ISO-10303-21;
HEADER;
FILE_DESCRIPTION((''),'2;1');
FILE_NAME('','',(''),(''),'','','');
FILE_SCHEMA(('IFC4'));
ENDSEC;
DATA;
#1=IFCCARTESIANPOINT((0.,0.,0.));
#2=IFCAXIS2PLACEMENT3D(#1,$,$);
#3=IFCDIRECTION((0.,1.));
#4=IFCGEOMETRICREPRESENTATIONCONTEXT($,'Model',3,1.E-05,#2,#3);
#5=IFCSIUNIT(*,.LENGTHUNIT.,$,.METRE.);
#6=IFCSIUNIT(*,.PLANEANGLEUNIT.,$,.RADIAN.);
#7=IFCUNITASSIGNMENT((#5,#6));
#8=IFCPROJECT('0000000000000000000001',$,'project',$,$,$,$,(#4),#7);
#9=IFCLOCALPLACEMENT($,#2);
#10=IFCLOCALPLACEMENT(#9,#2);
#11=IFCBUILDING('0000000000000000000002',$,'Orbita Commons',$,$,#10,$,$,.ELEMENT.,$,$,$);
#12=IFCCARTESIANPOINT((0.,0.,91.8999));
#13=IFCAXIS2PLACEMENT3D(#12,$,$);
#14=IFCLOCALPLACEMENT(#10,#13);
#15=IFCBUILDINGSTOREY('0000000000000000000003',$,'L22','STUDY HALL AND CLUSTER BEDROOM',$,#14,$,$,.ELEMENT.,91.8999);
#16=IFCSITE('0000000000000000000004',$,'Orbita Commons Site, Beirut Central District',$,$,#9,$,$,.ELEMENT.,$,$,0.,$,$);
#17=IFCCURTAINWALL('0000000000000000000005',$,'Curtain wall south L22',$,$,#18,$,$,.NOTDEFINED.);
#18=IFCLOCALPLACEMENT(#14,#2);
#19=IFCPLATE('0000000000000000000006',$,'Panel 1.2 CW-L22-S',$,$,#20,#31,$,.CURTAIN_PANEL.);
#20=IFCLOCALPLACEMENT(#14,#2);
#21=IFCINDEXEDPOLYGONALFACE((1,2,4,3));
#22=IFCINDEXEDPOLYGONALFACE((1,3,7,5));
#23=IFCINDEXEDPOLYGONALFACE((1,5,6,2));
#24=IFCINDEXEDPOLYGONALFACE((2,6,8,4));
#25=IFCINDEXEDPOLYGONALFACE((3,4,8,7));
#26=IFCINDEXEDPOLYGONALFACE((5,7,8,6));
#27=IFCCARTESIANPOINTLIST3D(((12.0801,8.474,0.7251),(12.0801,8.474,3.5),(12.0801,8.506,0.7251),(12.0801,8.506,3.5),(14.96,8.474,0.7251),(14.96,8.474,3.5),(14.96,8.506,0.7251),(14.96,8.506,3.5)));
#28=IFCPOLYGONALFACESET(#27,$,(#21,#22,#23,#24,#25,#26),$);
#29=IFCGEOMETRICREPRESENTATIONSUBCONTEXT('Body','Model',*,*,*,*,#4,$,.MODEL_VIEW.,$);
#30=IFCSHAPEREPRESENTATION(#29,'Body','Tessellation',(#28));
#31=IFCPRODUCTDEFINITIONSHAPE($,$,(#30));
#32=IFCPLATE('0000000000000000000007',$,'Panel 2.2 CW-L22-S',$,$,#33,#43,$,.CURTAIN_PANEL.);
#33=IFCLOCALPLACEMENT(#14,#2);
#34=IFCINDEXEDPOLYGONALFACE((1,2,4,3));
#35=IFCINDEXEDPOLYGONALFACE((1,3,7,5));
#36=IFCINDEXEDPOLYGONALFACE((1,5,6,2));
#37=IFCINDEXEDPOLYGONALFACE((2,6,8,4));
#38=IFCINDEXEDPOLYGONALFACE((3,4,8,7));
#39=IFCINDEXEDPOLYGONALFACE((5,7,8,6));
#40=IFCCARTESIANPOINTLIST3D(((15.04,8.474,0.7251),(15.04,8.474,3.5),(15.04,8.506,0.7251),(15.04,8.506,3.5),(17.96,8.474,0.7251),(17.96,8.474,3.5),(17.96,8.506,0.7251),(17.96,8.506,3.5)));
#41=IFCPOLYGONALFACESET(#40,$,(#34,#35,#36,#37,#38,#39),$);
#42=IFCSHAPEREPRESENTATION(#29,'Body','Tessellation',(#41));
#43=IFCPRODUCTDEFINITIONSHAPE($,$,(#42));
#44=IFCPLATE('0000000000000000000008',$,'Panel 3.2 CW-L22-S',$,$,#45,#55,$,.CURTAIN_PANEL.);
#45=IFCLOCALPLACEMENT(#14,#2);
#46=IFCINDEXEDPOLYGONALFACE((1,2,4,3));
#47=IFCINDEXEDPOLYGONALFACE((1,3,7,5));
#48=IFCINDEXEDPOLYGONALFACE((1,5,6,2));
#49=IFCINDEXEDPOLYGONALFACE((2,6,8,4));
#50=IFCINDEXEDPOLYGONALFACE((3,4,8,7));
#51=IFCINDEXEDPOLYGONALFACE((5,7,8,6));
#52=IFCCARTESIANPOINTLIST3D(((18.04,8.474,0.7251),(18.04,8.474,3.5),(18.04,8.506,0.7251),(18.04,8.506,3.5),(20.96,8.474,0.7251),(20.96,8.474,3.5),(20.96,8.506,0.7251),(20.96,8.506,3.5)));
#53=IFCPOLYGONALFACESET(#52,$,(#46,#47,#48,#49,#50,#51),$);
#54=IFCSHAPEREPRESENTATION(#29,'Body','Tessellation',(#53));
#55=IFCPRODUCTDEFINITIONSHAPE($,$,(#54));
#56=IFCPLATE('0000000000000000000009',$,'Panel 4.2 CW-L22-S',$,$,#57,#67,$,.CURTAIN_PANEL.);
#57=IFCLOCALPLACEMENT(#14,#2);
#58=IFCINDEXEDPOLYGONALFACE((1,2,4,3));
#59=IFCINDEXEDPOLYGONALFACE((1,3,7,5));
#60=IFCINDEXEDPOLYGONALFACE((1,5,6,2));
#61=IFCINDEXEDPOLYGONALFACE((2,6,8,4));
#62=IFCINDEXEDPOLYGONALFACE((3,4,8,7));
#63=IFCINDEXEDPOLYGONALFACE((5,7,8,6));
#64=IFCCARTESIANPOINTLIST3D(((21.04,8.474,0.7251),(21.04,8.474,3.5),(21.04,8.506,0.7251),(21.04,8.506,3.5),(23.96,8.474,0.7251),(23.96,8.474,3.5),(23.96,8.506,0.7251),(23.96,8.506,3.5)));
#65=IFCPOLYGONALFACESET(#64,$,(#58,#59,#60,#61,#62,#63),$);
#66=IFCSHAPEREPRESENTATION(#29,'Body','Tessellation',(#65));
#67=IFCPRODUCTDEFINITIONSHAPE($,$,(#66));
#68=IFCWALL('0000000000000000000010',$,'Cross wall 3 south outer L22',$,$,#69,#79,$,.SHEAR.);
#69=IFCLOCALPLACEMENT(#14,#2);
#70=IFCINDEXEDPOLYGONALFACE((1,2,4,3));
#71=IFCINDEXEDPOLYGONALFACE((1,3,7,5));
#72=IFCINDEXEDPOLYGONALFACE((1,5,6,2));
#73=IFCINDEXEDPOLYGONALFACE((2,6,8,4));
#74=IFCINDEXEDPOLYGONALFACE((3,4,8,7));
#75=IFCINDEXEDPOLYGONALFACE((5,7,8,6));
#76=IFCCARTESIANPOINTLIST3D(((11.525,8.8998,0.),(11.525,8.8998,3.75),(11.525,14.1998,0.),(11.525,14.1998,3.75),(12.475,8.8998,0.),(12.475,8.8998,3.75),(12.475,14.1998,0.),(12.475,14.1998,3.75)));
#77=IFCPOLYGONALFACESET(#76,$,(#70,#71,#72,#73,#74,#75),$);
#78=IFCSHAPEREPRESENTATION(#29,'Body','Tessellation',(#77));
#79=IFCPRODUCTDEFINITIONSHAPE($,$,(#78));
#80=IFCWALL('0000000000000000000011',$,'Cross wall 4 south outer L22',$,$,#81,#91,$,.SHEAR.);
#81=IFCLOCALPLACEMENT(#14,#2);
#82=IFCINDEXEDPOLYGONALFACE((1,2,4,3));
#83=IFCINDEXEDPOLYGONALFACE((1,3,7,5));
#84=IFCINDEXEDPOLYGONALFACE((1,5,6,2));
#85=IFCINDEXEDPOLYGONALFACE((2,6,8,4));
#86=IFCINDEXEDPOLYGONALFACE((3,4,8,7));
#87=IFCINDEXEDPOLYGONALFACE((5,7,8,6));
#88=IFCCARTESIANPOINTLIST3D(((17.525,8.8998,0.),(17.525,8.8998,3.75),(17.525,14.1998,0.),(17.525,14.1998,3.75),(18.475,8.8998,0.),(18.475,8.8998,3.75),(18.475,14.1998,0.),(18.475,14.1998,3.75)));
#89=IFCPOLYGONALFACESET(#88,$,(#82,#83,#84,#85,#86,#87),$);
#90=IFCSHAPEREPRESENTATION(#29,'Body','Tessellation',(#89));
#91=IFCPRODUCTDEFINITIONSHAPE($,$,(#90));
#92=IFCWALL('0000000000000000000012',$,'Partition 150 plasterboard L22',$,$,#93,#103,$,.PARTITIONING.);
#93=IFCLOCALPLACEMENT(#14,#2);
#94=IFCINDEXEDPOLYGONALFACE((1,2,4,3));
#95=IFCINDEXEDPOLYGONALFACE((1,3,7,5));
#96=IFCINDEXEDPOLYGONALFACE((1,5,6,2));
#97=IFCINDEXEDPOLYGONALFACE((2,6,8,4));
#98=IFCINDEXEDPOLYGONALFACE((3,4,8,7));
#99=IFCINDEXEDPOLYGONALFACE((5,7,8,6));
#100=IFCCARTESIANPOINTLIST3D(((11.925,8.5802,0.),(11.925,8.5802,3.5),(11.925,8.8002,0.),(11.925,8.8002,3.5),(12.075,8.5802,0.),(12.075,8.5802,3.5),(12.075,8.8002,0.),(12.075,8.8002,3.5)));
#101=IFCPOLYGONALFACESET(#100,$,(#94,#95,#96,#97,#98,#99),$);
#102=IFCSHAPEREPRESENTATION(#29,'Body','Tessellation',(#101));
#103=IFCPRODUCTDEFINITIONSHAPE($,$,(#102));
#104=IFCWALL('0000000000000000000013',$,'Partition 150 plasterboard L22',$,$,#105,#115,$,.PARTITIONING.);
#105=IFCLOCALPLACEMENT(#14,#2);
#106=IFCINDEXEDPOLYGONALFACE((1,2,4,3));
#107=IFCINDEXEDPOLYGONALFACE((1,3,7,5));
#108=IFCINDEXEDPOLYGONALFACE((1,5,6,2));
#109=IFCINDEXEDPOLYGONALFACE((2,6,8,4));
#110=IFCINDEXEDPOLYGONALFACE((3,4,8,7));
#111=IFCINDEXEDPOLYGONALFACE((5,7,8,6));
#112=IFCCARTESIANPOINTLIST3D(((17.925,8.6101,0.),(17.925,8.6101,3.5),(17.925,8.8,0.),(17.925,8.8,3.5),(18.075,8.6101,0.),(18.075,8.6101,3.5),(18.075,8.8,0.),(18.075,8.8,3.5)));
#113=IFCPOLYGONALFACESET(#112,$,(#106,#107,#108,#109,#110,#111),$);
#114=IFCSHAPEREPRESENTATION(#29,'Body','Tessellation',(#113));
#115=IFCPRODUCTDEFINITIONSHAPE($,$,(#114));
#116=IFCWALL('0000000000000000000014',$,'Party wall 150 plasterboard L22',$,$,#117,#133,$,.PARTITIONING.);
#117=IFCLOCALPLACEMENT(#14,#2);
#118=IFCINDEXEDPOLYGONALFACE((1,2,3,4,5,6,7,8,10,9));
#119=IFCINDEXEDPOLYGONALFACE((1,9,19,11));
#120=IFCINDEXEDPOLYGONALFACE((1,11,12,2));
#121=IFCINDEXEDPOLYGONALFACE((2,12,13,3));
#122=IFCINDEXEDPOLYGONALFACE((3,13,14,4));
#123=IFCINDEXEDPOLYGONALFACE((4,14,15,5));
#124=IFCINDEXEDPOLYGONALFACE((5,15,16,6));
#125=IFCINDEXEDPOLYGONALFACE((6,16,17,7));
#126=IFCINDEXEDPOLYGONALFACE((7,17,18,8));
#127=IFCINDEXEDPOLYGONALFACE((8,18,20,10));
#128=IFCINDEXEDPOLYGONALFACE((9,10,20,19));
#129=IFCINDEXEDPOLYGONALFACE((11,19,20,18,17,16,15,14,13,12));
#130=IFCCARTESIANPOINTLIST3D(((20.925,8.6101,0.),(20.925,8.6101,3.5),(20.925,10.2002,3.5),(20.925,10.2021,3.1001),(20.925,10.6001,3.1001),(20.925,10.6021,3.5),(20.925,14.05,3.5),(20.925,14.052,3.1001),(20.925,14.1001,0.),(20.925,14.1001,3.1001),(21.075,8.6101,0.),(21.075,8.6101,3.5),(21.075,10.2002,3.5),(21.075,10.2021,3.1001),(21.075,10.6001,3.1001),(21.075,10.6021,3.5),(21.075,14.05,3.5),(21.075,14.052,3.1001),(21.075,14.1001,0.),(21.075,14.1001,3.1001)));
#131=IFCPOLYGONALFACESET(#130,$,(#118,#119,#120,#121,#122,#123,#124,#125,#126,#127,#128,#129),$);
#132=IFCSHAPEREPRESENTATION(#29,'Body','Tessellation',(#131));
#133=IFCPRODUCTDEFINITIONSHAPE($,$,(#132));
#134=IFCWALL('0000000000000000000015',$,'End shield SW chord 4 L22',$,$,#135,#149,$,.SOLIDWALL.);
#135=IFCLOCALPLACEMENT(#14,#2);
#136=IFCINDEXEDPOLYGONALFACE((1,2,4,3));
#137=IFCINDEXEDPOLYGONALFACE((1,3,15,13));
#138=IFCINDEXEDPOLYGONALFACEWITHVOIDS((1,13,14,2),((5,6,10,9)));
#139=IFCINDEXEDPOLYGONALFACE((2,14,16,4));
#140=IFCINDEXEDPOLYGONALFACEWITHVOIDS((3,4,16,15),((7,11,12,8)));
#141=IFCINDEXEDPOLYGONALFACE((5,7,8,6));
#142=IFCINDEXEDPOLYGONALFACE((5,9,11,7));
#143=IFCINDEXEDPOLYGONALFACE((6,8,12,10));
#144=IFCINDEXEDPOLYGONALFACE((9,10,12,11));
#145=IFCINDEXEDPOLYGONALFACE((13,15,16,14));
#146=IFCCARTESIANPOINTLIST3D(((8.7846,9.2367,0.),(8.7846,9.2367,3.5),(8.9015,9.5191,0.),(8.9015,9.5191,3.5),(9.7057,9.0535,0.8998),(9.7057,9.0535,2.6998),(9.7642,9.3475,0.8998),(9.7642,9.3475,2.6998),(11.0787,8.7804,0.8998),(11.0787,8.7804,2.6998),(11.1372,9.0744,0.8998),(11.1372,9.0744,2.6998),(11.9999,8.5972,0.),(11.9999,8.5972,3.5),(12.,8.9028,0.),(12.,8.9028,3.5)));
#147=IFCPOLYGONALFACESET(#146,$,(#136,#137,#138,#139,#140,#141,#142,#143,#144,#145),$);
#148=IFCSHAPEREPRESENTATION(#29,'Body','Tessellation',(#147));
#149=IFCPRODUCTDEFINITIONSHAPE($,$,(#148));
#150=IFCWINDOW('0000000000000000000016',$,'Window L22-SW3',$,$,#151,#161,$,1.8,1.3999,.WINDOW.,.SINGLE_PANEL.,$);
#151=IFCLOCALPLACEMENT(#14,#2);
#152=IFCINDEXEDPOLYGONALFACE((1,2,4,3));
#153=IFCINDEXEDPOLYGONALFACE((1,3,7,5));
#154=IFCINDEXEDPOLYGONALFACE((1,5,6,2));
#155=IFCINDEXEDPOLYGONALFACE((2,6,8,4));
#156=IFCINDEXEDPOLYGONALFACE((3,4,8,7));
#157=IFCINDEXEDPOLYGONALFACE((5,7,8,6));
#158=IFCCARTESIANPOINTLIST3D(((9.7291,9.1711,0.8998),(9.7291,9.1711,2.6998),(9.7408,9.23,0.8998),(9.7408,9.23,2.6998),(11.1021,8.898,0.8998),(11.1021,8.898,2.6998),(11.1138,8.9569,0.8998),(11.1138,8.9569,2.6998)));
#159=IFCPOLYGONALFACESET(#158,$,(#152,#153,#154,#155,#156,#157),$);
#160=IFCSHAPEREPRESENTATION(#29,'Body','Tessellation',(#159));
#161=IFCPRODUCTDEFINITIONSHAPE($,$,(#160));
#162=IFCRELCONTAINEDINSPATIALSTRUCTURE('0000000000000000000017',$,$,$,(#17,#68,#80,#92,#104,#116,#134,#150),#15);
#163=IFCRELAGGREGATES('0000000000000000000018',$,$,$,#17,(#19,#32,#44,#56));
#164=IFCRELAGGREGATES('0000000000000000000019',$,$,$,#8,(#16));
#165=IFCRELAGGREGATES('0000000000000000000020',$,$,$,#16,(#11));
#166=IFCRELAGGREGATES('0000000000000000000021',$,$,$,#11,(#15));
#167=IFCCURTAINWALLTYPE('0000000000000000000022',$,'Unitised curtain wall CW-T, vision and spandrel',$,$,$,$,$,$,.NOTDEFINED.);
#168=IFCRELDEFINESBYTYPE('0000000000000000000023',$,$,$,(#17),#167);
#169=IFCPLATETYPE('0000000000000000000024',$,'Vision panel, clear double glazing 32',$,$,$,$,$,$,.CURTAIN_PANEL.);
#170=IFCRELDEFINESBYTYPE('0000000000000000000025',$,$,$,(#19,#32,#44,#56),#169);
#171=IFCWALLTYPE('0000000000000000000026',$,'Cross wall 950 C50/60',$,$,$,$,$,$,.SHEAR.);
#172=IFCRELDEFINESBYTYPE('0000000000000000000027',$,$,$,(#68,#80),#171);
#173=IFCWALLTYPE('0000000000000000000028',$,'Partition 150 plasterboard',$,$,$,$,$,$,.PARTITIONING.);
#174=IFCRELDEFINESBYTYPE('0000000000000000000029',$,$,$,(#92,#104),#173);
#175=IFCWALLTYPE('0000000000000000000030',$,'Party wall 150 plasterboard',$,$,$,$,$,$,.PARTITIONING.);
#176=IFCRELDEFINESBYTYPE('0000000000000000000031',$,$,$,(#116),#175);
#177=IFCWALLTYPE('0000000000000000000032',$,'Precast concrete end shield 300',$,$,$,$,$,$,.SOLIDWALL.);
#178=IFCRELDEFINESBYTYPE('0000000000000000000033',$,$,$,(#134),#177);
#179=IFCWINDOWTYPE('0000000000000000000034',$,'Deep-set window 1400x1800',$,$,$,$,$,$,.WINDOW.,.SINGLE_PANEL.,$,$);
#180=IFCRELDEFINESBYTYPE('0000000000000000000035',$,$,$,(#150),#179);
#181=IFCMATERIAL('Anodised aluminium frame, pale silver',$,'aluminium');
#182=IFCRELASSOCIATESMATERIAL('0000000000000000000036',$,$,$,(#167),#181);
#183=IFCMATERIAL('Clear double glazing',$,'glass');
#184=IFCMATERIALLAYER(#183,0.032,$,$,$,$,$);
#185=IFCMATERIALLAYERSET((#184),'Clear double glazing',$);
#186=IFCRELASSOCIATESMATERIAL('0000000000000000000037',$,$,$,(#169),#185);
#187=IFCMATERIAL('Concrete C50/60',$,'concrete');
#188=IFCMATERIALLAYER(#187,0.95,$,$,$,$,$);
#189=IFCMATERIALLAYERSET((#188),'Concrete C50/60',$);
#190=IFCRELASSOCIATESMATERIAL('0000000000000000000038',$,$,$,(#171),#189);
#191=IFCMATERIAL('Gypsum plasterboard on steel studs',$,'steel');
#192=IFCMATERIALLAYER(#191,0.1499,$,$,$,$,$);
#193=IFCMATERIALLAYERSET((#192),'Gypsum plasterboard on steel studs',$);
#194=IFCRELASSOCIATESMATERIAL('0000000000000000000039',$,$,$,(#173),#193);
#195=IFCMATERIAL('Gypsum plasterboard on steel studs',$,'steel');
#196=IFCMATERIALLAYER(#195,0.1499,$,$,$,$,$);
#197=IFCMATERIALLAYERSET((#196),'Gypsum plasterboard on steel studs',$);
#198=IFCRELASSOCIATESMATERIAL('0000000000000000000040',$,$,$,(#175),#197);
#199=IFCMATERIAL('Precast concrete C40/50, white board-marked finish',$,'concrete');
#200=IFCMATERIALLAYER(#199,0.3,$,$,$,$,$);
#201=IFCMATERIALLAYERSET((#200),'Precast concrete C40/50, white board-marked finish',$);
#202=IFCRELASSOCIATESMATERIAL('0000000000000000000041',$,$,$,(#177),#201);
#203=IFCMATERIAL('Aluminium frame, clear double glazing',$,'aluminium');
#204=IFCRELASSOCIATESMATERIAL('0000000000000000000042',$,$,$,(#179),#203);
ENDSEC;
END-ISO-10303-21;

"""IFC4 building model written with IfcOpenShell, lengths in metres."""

from ifc_helpers import new_model, si_unit, direction, frame, frame_2d, origin, origin_2d, place, context, subcontext, project, spatial, polyline, rectangle, outline, extrude, material, layer, layer_set, type_object, element, fill, aggregate, save


model = new_model("IFC4")

# Units and contexts
model_context = context("Model", 3, precision=1e-05, world=origin(), true_north=direction((0.0, 1.0)))
body_context = subcontext(model_context, "Body", "Model", "MODEL_VIEW")
ifc_project = project(units=[si_unit("LENGTHUNIT", "METRE"), si_unit("PLANEANGLEUNIT", "RADIAN")], contexts=[model_context])

# Site, building, storey
site_placement = place(None, origin())
site = spatial("IfcSite", under=ifc_project, at=site_placement, Name="Orbita Commons Site, Beirut Central District", CompositionType="ELEMENT", RefElevation=0.0)
building_placement = place(site_placement, origin())
building = spatial("IfcBuilding", under=site, at=building_placement, Name="Orbita Commons", CompositionType="ELEMENT")
storey_placement = place(building_placement, frame((0.0, 0.0, 91.8999)))
storey = spatial("IfcBuildingStorey", under=building, at=storey_placement, Name="L22", Description="STUDY HALL AND CLUSTER BEDROOM", CompositionType="ELEMENT", Elevation=91.8999)

# Curtain wall
ifc_material_1 = material(Name="Anodised aluminium frame, pale silver", Category="aluminium")
curtain_wall_type = type_object("IfcCurtainWallType", Name="Unitised curtain wall CW-T, vision and spandrel", PredefinedType="NOTDEFINED", material=ifc_material_1)
curtain_wall_placement = place(storey_placement, origin())
curtain_wall = element("IfcCurtainWall", 1, at=curtain_wall_placement, inside=storey, type_object=curtain_wall_type, Name="Curtain wall south L22", PredefinedType="NOTDEFINED")

# Plates
ifc_material_2 = material(Name="Clear double glazing", Category="glass")
ifc_layer_1 = layer(ifc_material_2, 0.032)
ifc_layer_set_1 = layer_set([ifc_layer_1], Name="Clear double glazing")
plate_type_1 = type_object("IfcPlateType", Name="Vision panel, clear double glazing 32", PredefinedType="CURTAIN_PANEL", material=ifc_layer_set_1)
plate_1_placement = place(storey_placement, frame((13.52, 8.49, 0.7251), z_axis=(0.0, 0.0, 1.0), x_axis=(1.0, 0.0, 0.0)))
plate_1 = element("IfcPlate", 2, at=plate_1_placement, type_object=plate_type_1, Name="Panel 1.2 CW-L22-S", PredefinedType="CURTAIN_PANEL", context=body_context, shape_type="SweptSolid", body=[
    extrude(rectangle(XDim=2.8799, YDim=0.032, at=origin_2d()), origin(), (0.0, 0.0, 1.0), 2.7749),
])
plate_2_placement = place(storey_placement, frame((16.5, 8.49, 0.7251), z_axis=(0.0, 0.0, 1.0), x_axis=(1.0, 0.0, 0.0)))
plate_2 = element("IfcPlate", 3, at=plate_2_placement, type_object=plate_type_1, Name="Panel 2.2 CW-L22-S", PredefinedType="CURTAIN_PANEL", context=body_context, shape_type="SweptSolid", body=[
    extrude(rectangle(XDim=2.9199, YDim=0.032, at=origin_2d()), origin(), (0.0, 0.0, 1.0), 2.7749),
])
plate_3_placement = place(storey_placement, frame((19.5, 8.49, 0.7251), z_axis=(0.0, 0.0, 1.0), x_axis=(1.0, 0.0, 0.0)))
plate_3 = element("IfcPlate", 4, at=plate_3_placement, type_object=plate_type_1, Name="Panel 3.2 CW-L22-S", PredefinedType="CURTAIN_PANEL", context=body_context, shape_type="SweptSolid", body=[
    extrude(rectangle(XDim=2.9199, YDim=0.032, at=origin_2d()), origin(), (0.0, 0.0, 1.0), 2.7749),
])
plate_4_placement = place(storey_placement, frame((22.5, 8.49, 0.7251), z_axis=(0.0, 0.0, 1.0), x_axis=(1.0, 0.0, 0.0)))
plate_4 = element("IfcPlate", 5, at=plate_4_placement, type_object=plate_type_1, Name="Panel 4.2 CW-L22-S", PredefinedType="CURTAIN_PANEL", context=body_context, shape_type="SweptSolid", body=[
    extrude(rectangle(XDim=2.9199, YDim=0.032, at=origin_2d()), origin(), (0.0, 0.0, 1.0), 2.7749),
])
aggregate(curtain_wall, [plate_1, plate_2, plate_3, plate_4])

# Walls
ifc_material_3 = material(Name="Concrete C50/60", Category="concrete")
ifc_layer_2 = layer(ifc_material_3, 0.95)
ifc_layer_set_2 = layer_set([ifc_layer_2], Name="Concrete C50/60")
wall_type_1 = type_object("IfcWallType", Name="Cross wall 950 C50/60", PredefinedType="SHEAR", material=ifc_layer_set_2)
for number, where, z_axis, x_axis, name in (
    (6, (12.0, 8.8999, 0.0), (0.0, 0.0, 1.0), (0.0, 1.0, 0.0), "Cross wall 3 south outer L22"),
    (7, (18.0, 8.8999, 0.0), (0.0, 0.0, 1.0), (0.0, 1.0, 0.0), "Cross wall 4 south outer L22"),
):
    element("IfcWall", number, at=place(storey_placement, frame(where, z_axis=z_axis, x_axis=x_axis)), inside=storey, type_object=wall_type_1, Name=name, PredefinedType="SHEAR", context=body_context, shape_type="SweptSolid", body=[
        extrude(rectangle(XDim=5.3, YDim=0.95, at=frame_2d((2.6499, 0.0))), origin(), (0.0, 0.0, 1.0), 3.75),
    ])
ifc_material_4 = material(Name="Gypsum plasterboard on steel studs", Category="steel")
ifc_layer_3 = layer(ifc_material_4, 0.1499)
ifc_layer_set_3 = layer_set([ifc_layer_3], Name="Gypsum plasterboard on steel studs")
wall_type_2 = type_object("IfcWallType", Name="Partition 150 plasterboard", PredefinedType="PARTITIONING", material=ifc_layer_set_3)
wall_1_placement = place(storey_placement, frame((12.0, 8.8, 0.0), z_axis=(0.0, 0.0, 1.0), x_axis=(0.0, -1.0, 0.0)))
element("IfcWall", 8, at=wall_1_placement, inside=storey, type_object=wall_type_2, Name="Partition 150 plasterboard L22", PredefinedType="PARTITIONING", context=body_context, shape_type="SweptSolid", body=[
    extrude(rectangle(XDim=0.22, YDim=0.1499, at=frame_2d((0.1099, 0.0))), origin(), (0.0, 0.0, 1.0), 3.5),
])
wall_2_placement = place(storey_placement, frame((18.0, 8.8, 0.0), z_axis=(0.0, 0.0, 1.0), x_axis=(0.0, -1.0, 0.0)))
element("IfcWall", 9, at=wall_2_placement, inside=storey, type_object=wall_type_2, Name="Partition 150 plasterboard L22", PredefinedType="PARTITIONING", context=body_context, shape_type="SweptSolid", body=[
    extrude(rectangle(XDim=0.1899, YDim=0.1499, at=frame_2d((0.095, 0.0))), origin(), (0.0, 0.0, 1.0), 3.5),
])
ifc_material_5 = material(Name="Gypsum plasterboard on steel studs", Category="steel")
ifc_layer_4 = layer(ifc_material_5, 0.1499)
ifc_layer_set_4 = layer_set([ifc_layer_4], Name="Gypsum plasterboard on steel studs")
wall_type_3 = type_object("IfcWallType", Name="Party wall 150 plasterboard", PredefinedType="PARTITIONING", material=ifc_layer_set_4)
wall_3_placement = place(storey_placement, frame((21.0, 8.6101, 0.0), z_axis=(0.0, 0.0, 1.0), x_axis=(0.0, 1.0, 0.0)))
element("IfcWall", 10, at=wall_3_placement, inside=storey, type_object=wall_type_3, Name="Party wall 150 plasterboard L22", PredefinedType="PARTITIONING", context=body_context, shape_type="SweptSolid", body=[
    extrude(outline(polyline([(0.0, 0.0), (5.49, 0.0), (5.49, 3.1001), (5.4419, 3.1001), (5.4399, 3.5), (1.9919, 3.5), (1.99, 3.1001), (1.592, 3.1001), (1.5901, 3.5), (0.0, 3.5), (0.0, 0.0)])), frame((0.0, 0.075, 0.0), z_axis=(0.0, -1.0, 0.0), x_axis=(1.0, 0.0, 0.0)), (0.0, 0.0, 1.0), 0.1499),
])

# Wall, opening, window
ifc_material_6 = material(Name="Precast concrete C40/50, white board-marked finish", Category="concrete")
ifc_layer_5 = layer(ifc_material_6, 0.3)
ifc_layer_set_5 = layer_set([ifc_layer_5], Name="Precast concrete C40/50, white board-marked finish")
wall_type_4 = type_object("IfcWallType", Name="Precast concrete end shield 300", PredefinedType="SOLIDWALL", material=ifc_layer_set_5)
wall_4_placement = place(storey_placement, frame((8.843, 9.3779, 0.0), z_axis=(0.0, 0.0, 1.0), x_axis=(0.980787, -0.19508, 0.0)))
wall_4 = element("IfcWall", 11, at=wall_4_placement, inside=storey, type_object=wall_type_4, Name="End shield SW chord 4 L22", PredefinedType="SOLIDWALL", context=body_context, shape_type="SweptSolid", body=[
    extrude(outline(polyline([(-0.0298, -0.1499), (3.2485, -0.1499), (3.189, 0.1499), (0.0298, 0.1499), (-0.0298, -0.1499)])), origin(), (0.0, 0.0, 1.0), 3.5),
])
opening_placement = place(wall_4_placement, frame((0.9094, 0.0, 0.8999)))
opening = element("IfcOpeningElement", 12, at=opening_placement, cuts=wall_4, PredefinedType="OPENING", context=body_context, shape_type="SweptSolid", body=[
    extrude(rectangle(XDim=1.3999, YDim=1.8, at=frame_2d((0.7, 0.8999))), frame((0.0, 0.1599, 0.0), z_axis=(0.0, -1.0, 0.0), x_axis=(1.0, 0.0, 0.0)), (0.0, 0.0, 1.0), 0.3201),
])
ifc_material_7 = material(Name="Aluminium frame, clear double glazing", Category="aluminium")
window_type = type_object("IfcWindowType", Name="Deep-set window 1400x1800", PartitioningType="SINGLE_PANEL", PredefinedType="WINDOW", material=ifc_material_7)
window_placement = place(opening_placement, origin())
window = element("IfcWindow", 13, at=window_placement, inside=storey, type_object=window_type, Name="Window L22-SW3", OverallHeight=1.8, OverallWidth=1.3999, PartitioningType="SINGLE_PANEL", PredefinedType="WINDOW", context=body_context, shape_type="SweptSolid", body=[
    extrude(rectangle(XDim=1.3999, YDim=1.8, at=frame_2d((0.7, 0.8999))), frame((0.0, 0.03, 0.0), z_axis=(0.0, -1.0, 0.0), x_axis=(1.0, 0.0, 0.0)), (0.0, 0.0, 1.0), 0.0601),
])
fill(opening, window)

save(model, "model.ifc")
